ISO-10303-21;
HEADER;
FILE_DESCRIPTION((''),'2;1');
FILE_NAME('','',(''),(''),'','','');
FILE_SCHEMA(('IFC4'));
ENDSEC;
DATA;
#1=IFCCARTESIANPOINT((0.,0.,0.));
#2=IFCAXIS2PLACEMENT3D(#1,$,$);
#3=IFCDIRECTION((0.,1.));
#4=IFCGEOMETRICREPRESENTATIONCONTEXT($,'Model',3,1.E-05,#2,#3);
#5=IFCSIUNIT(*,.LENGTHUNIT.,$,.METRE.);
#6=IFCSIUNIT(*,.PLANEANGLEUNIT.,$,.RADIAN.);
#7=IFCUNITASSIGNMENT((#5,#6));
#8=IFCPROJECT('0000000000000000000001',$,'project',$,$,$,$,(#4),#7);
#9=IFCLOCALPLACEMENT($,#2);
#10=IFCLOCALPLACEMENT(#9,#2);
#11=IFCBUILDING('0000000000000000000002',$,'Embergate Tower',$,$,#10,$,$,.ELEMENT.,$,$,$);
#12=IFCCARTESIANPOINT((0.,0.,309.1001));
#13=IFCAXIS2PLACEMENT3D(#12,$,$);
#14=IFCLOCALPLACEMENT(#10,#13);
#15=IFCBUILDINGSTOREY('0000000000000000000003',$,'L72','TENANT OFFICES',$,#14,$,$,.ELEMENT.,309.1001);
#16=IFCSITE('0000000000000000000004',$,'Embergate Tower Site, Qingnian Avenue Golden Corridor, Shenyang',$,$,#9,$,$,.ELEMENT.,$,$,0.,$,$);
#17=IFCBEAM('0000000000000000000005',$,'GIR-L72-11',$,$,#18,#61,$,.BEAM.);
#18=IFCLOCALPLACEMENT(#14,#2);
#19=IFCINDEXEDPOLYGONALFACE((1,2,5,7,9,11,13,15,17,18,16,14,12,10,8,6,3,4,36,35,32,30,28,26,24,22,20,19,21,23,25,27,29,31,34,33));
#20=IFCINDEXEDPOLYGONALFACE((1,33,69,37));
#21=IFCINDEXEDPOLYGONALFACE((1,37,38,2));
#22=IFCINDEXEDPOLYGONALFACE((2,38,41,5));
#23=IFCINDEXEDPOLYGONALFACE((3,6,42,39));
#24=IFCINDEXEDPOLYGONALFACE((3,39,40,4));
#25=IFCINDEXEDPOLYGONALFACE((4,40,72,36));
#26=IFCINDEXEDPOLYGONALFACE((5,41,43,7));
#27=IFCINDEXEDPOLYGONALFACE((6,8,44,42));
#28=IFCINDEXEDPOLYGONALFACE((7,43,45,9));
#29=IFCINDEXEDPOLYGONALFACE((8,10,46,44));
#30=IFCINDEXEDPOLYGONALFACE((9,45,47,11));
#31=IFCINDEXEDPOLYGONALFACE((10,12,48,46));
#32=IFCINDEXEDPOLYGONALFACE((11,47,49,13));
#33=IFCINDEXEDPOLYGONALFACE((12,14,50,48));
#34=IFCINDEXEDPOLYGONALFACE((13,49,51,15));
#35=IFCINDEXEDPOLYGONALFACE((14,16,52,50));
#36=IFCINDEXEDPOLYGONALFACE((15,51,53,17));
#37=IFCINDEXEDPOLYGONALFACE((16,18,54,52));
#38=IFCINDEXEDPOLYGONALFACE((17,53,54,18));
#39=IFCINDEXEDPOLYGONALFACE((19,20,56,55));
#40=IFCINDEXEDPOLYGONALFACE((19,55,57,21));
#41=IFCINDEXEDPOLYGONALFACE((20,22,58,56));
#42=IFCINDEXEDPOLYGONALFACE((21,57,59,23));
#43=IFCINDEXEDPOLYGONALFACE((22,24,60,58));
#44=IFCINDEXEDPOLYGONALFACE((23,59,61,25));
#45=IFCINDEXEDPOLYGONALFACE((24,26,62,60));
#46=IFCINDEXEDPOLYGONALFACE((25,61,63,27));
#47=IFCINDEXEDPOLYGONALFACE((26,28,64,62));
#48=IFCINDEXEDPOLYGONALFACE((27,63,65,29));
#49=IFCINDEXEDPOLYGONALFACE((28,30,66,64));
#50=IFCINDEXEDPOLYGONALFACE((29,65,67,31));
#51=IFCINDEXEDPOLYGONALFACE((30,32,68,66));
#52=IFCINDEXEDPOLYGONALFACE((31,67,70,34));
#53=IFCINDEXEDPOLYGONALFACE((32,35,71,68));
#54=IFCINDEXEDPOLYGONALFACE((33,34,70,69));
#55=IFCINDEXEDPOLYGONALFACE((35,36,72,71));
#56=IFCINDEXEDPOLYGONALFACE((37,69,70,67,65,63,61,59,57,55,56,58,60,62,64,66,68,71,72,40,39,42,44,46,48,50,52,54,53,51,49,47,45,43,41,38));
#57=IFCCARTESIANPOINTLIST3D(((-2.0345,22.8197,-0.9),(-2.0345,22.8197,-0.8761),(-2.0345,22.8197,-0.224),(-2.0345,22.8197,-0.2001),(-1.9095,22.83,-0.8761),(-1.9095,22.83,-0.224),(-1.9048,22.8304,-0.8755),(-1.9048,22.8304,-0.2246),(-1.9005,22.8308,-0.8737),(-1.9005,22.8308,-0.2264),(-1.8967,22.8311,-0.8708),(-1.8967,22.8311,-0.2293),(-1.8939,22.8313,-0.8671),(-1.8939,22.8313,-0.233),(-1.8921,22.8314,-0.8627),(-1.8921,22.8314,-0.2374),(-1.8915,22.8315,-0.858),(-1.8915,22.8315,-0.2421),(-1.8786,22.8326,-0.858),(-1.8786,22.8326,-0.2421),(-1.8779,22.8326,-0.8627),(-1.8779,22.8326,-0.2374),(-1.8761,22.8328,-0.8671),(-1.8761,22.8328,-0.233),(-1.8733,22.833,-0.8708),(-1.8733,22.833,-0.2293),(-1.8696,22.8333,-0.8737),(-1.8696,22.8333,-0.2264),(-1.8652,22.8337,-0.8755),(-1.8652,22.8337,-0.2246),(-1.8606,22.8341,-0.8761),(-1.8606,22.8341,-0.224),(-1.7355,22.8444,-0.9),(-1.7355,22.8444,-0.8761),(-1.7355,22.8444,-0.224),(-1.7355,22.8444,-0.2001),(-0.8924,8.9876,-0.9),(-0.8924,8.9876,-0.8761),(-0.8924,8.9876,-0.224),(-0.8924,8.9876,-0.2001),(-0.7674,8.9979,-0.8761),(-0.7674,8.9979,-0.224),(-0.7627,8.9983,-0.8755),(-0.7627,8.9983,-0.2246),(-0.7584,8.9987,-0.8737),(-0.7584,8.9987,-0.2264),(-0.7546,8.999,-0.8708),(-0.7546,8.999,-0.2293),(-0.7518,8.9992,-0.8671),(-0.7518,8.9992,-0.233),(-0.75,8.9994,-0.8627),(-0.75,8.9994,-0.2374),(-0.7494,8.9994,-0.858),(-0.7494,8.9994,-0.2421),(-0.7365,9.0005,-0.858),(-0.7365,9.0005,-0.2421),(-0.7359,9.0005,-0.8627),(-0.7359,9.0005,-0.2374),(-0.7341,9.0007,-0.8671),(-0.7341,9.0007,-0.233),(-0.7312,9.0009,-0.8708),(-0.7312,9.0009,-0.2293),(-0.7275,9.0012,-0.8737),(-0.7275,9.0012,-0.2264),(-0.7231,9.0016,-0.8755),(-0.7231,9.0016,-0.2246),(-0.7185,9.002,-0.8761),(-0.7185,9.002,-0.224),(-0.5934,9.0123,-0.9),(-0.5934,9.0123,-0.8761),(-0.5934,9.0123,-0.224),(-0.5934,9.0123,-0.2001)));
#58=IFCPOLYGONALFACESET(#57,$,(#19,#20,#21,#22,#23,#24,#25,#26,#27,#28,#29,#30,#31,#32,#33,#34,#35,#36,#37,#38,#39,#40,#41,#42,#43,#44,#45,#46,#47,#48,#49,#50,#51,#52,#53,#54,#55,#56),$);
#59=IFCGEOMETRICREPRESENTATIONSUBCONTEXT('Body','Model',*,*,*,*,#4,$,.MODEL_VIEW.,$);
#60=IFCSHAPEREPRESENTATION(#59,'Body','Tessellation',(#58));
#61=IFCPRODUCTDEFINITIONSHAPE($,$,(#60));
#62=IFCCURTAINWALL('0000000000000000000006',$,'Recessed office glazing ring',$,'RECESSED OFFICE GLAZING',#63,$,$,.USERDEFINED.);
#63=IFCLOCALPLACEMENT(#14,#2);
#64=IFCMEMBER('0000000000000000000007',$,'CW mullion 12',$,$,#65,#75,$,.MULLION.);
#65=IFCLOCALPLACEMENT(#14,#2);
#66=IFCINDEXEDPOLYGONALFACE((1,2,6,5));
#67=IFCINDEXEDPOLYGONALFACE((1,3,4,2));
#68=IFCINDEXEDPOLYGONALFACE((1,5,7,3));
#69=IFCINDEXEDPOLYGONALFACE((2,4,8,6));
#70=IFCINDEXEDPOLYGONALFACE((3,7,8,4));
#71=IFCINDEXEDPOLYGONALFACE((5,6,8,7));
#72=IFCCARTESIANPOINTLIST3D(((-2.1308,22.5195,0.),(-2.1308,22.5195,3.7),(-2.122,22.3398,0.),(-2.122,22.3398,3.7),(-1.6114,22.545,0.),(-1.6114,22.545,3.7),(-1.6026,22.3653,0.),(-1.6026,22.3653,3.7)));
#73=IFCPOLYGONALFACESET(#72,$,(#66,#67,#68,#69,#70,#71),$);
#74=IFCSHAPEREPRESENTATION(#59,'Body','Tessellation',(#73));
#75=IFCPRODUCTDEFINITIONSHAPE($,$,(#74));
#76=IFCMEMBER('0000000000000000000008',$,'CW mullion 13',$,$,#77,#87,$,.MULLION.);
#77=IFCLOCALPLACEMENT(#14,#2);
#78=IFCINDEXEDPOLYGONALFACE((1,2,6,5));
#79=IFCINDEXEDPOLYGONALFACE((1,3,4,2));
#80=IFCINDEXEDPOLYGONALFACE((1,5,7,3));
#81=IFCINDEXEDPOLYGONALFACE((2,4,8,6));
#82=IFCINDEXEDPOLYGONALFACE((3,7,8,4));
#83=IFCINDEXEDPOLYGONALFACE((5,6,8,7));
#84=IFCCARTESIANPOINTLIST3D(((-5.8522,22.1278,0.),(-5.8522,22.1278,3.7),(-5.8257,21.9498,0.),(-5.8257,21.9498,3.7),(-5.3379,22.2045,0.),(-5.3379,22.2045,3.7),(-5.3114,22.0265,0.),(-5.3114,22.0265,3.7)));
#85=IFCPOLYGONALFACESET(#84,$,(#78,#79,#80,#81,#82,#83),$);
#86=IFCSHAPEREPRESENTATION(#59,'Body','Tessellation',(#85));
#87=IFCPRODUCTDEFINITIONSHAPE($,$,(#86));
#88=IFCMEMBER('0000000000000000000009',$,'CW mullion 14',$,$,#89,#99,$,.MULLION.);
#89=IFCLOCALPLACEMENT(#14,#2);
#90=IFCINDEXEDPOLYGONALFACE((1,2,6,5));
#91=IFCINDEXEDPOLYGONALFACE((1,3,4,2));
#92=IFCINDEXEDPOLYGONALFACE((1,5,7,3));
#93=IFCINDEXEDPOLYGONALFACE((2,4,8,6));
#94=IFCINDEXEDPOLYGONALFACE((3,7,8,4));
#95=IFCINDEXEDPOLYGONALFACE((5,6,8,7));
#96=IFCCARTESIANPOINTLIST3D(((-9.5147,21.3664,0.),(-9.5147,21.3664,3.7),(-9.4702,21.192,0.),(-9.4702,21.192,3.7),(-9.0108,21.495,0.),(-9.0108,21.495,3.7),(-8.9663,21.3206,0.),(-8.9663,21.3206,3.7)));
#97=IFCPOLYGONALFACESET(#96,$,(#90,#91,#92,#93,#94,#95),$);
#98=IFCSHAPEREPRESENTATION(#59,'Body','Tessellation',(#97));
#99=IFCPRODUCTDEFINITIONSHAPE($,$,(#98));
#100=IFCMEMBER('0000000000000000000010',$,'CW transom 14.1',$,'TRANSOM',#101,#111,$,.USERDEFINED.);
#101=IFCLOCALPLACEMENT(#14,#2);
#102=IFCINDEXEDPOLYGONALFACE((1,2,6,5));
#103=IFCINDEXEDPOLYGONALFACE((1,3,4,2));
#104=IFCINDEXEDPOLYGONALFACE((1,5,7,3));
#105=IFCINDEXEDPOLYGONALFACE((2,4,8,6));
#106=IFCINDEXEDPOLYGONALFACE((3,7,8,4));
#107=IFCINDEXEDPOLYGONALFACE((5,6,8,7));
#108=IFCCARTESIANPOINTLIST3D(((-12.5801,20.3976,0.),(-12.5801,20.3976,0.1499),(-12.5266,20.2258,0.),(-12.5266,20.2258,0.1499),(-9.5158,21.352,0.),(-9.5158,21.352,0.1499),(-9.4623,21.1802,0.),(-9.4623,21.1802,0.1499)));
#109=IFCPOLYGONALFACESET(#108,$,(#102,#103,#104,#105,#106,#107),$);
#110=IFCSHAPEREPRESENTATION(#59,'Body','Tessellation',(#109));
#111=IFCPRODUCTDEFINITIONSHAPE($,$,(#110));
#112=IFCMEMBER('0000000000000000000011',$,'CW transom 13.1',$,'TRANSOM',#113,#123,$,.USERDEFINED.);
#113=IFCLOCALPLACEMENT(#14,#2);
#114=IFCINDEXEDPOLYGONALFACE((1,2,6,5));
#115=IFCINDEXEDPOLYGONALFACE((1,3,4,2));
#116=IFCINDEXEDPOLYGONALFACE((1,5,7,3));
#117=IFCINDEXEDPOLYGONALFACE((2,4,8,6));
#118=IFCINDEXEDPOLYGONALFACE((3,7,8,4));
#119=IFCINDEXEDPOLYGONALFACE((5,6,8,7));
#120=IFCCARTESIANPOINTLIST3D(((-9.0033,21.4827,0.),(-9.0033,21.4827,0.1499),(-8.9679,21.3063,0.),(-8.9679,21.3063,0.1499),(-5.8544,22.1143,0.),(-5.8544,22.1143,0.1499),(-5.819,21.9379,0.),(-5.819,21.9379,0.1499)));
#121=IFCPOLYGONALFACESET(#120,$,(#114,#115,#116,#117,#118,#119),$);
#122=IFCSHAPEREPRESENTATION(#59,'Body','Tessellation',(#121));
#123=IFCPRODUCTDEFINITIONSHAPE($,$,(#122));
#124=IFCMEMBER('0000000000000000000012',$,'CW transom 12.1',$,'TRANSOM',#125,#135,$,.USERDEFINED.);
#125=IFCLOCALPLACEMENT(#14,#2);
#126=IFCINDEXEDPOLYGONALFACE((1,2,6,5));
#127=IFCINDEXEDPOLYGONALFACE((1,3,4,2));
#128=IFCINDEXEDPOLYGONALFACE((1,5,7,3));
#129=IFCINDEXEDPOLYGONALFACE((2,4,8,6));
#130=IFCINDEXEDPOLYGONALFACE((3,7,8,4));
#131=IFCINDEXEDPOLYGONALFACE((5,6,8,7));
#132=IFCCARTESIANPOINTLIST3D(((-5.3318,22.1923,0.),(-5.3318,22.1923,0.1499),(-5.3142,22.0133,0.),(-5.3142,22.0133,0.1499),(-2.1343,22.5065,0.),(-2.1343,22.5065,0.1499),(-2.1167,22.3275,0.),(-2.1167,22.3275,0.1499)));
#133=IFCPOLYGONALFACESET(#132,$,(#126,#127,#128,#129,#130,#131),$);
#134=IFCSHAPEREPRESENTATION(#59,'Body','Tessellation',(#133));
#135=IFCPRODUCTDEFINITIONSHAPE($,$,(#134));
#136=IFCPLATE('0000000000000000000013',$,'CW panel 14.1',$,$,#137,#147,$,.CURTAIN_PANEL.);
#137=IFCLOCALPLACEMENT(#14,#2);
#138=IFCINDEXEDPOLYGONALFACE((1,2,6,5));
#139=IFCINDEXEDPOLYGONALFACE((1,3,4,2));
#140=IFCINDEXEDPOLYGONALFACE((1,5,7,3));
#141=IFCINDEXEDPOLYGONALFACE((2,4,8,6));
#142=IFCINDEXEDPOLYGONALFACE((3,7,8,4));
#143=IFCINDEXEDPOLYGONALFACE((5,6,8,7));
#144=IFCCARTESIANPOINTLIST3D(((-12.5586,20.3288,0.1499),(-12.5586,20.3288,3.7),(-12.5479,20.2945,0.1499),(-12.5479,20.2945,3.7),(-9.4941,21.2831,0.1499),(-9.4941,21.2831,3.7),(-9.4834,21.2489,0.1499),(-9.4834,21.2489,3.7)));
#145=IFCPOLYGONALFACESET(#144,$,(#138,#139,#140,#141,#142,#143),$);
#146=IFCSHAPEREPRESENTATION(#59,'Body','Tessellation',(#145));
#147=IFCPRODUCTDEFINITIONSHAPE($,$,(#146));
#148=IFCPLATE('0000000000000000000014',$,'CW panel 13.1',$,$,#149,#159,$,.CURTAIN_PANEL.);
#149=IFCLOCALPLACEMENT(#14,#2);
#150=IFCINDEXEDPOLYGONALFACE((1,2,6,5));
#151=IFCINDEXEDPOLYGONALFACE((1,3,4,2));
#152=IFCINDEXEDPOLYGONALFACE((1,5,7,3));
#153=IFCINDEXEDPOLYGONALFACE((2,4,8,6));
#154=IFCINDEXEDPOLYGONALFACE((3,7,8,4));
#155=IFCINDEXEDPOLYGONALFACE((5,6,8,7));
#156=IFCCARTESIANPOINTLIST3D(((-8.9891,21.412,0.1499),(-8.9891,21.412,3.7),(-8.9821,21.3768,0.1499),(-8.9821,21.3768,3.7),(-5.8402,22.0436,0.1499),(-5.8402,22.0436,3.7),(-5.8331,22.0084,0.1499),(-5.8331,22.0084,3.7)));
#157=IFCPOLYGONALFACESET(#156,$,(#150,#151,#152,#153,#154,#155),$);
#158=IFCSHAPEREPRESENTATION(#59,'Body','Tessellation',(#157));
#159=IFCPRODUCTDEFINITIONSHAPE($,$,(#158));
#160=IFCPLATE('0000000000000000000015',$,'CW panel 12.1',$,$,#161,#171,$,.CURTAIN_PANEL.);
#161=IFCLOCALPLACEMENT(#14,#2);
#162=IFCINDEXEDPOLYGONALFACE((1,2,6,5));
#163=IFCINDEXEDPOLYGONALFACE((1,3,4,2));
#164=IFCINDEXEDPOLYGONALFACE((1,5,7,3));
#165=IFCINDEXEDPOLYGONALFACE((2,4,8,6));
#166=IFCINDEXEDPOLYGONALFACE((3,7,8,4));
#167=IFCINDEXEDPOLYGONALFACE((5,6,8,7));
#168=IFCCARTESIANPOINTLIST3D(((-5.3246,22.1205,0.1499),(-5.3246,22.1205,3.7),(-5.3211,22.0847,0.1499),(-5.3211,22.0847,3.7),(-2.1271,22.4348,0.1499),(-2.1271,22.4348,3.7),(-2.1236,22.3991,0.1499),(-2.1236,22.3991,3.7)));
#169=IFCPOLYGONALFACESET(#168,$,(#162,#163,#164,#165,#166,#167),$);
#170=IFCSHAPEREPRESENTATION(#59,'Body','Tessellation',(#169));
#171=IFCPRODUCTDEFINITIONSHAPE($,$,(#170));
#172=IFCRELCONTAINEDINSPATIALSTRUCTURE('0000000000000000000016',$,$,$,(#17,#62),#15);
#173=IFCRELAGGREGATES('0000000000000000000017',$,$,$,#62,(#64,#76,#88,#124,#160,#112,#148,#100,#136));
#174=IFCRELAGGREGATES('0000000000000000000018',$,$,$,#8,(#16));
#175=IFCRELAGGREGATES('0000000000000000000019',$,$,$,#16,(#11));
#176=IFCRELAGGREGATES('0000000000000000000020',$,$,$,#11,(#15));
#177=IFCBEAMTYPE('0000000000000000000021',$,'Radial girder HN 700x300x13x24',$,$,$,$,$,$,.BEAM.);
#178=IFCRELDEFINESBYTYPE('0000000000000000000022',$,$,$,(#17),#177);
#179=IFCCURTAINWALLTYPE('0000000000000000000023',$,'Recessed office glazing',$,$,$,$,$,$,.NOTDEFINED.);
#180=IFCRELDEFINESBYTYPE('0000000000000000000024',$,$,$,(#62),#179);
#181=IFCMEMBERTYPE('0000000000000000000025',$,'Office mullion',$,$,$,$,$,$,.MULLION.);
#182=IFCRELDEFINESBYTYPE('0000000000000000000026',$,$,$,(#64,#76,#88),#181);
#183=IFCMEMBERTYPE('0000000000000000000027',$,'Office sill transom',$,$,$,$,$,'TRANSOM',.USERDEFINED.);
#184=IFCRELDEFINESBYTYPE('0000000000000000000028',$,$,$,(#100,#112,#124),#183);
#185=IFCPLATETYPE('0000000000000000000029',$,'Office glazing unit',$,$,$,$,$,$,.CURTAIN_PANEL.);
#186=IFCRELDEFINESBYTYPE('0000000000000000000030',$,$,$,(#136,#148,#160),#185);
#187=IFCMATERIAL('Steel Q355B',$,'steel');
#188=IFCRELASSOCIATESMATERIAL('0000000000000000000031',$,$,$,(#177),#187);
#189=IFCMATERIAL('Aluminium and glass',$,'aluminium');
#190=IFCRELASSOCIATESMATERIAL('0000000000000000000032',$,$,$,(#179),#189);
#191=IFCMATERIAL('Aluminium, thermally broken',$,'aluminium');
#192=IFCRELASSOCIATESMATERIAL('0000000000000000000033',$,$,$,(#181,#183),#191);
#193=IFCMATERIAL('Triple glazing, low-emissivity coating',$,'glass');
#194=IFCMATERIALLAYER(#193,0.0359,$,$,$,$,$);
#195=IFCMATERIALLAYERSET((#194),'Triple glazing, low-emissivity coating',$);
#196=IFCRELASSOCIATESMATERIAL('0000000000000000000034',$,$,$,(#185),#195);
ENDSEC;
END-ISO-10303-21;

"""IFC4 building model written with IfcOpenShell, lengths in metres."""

from ifc_helpers import new_model, si_unit, direction, frame, origin, origin_2d, place, context, subcontext, project, spatial, rectangle, i_section, extrude, source, transform, mapped, material, layer, layer_set, material_profile, profile_set, type_object, element, aggregate, save


model = new_model("IFC4")

# Units and contexts
model_context = context("Model", 3, precision=1e-05, world=origin(), true_north=direction((0.0, 1.0)))
body_context = subcontext(model_context, "Body", "Model", "MODEL_VIEW")
ifc_project = project(units=[si_unit("LENGTHUNIT", "METRE"), si_unit("PLANEANGLEUNIT", "RADIAN")], contexts=[model_context])

# Site, building, storey
site_placement = place(None, origin())
site = spatial("IfcSite", under=ifc_project, at=site_placement, Name="Embergate Tower Site, Qingnian Avenue Golden Corridor, Shenyang", CompositionType="ELEMENT", RefElevation=0.0)
building_placement = place(site_placement, origin())
building = spatial("IfcBuilding", under=site, at=building_placement, Name="Embergate Tower", CompositionType="ELEMENT")
storey_placement = place(building_placement, frame((0.0, 0.0, 309.1001)))
storey = spatial("IfcBuildingStorey", under=building, at=storey_placement, Name="L72", Description="TENANT OFFICES", CompositionType="ELEMENT", Elevation=309.1001)

# Beam
ifc_material_1 = material(Name="Steel Q355B", Category="steel")
ifc_material_profile_1 = material_profile(ifc_material_1, i_section(OverallWidth=0.3, OverallDepth=0.7, WebThickness=0.0129, FlangeThickness=0.0239, FilletRadius=0.0181, at=origin_2d()), Name="HN 700x300x13x24")
ifc_profile_set_1 = profile_set([ifc_material_profile_1], Name="Steel Q355 grade B")
beam_type_1 = type_object("IfcBeamType", Name="Radial girder HN 700x300x13x24", PredefinedType="BEAM", material=ifc_profile_set_1)
shared_shape_1 = source(origin(), body_context, "Body", "SweptSolid", [
    extrude(i_section(OverallWidth=0.3, OverallDepth=0.7, WebThickness=0.0129, FlangeThickness=0.0239, FilletRadius=0.0181, at=origin_2d()), origin(), (0.0, 0.0, 1.0), 13.8792),
])
beam_1_placement = place(storey_placement, frame((-1.885, 22.832, -0.55), z_axis=(0.082288, -0.996609, 0.0), x_axis=(0.996609, 0.082288, 0.0)))
element("IfcBeam", 1, at=beam_1_placement, inside=storey, type_object=beam_type_1, Name="GIR-L72-11", PredefinedType="BEAM", context=body_context, shape_type="MappedRepresentation", body=[
    mapped(shared_shape_1, transform((0.0, 0.0, 0.0))),
])

# Curtain wall, members, plates
ifc_material_2 = material(Name="Aluminium and glass", Category="aluminium")
curtain_wall_type = type_object("IfcCurtainWallType", Name="Recessed office glazing", PredefinedType="NOTDEFINED", material=ifc_material_2)
curtain_wall_placement = place(storey_placement, origin())
curtain_wall = element("IfcCurtainWall", 2, at=curtain_wall_placement, inside=storey, type_object=curtain_wall_type, Name="Recessed office glazing ring", ObjectType="RECESSED OFFICE GLAZING", PredefinedType="USERDEFINED")
ifc_material_3 = material(Name="Aluminium, thermally broken", Category="aluminium")
ifc_material_profile_2 = material_profile(ifc_material_3, rectangle(XDim=0.1799, YDim=0.52, at=origin_2d()), Name="AL 520x180")
ifc_profile_set_2 = profile_set([ifc_material_profile_2], Name="Aluminium, thermally broken")
member_type_1 = type_object("IfcMemberType", Name="Office mullion", PredefinedType="MULLION", material=ifc_profile_set_2)
shared_shape_2 = source(origin(), body_context, "Body", "SweptSolid", [
    extrude(rectangle(XDim=0.1799, YDim=0.52, at=origin_2d()), origin(), (0.0, 0.0, 1.0), 3.7),
])
member_1_placement = place(storey_placement, frame((-1.8667, 22.4424, 0.0), z_axis=(0.0, 0.0, 1.0), x_axis=(0.048972, -0.9988, 0.0)))
member_1 = element("IfcMember", 3, at=member_1_placement, type_object=member_type_1, Name="CW mullion 12", PredefinedType="MULLION", context=body_context, shape_type="MappedRepresentation", body=[
    mapped(shared_shape_2, transform((0.0, 0.0, 0.0))),
])
member_2_placement = place(storey_placement, frame((-5.5818, 22.0771, 0.0), z_axis=(0.0, 0.0, 1.0), x_axis=(0.147412, -0.989075, 0.0)))
member_2 = element("IfcMember", 4, at=member_2_placement, type_object=member_type_1, Name="CW mullion 13", PredefinedType="MULLION", context=body_context, shape_type="MappedRepresentation", body=[
    mapped(shared_shape_2, transform((0.0, 0.0, 0.0))),
])
member_3_placement = place(storey_placement, frame((-9.2405, 21.3435, 0.0), z_axis=(0.0, 0.0, 1.0), x_axis=(0.247312, -0.968936, 0.0)))
member_3 = element("IfcMember", 5, at=member_3_placement, type_object=member_type_1, Name="CW mullion 14", PredefinedType="MULLION", context=body_context, shape_type="MappedRepresentation", body=[
    mapped(shared_shape_2, transform((0.0, 0.0, 0.0))),
])
ifc_material_profile_3 = material_profile(ifc_material_3, rectangle(XDim=0.1799, YDim=0.1499, at=origin_2d()), Name="AL 150x180")
ifc_profile_set_3 = profile_set([ifc_material_profile_3], Name="Aluminium, thermally broken")
member_type_2 = type_object("IfcMemberType", Name="Office sill transom", ElementType="TRANSOM", PredefinedType="USERDEFINED", material=ifc_profile_set_3)
shared_shape_3 = source(origin(), body_context, "Body", "SweptSolid", [
    extrude(rectangle(XDim=0.1799, YDim=0.1499, at=origin_2d()), origin(), (0.0, 0.0, 1.0), 3.2095),
])
member_4_placement = place(storey_placement, frame((-9.489, 21.2661, 0.075), z_axis=(-0.954765, -0.297361, 0.0), x_axis=(0.297361, -0.954765, 0.0)))
member_4 = element("IfcMember", 6, at=member_4_placement, type_object=member_type_2, Name="CW transom 14.1", ObjectType="TRANSOM", PredefinedType="USERDEFINED", context=body_context, shape_type="MappedRepresentation", body=[
    mapped(shared_shape_3, transform((0.0, 0.0, 0.0))),
])
shared_shape_4 = source(origin(), body_context, "Body", "SweptSolid", [
    extrude(rectangle(XDim=0.1799, YDim=0.1499, at=origin_2d()), origin(), (0.0, 0.0, 1.0), 3.2117),
])
member_5_placement = place(storey_placement, frame((-5.8367, 22.0261, 0.075), z_axis=(-0.980472, -0.196657, 0.0), x_axis=(0.196657, -0.980472, 0.0)))
member_5 = element("IfcMember", 7, at=member_5_placement, type_object=member_type_2, Name="CW transom 13.1", ObjectType="TRANSOM", PredefinedType="USERDEFINED", context=body_context, shape_type="MappedRepresentation", body=[
    mapped(shared_shape_4, transform((0.0, 0.0, 0.0))),
])
shared_shape_5 = source(origin(), body_context, "Body", "SweptSolid", [
    extrude(rectangle(XDim=0.1799, YDim=0.1499, at=origin_2d()), origin(), (0.0, 0.0, 1.0), 3.2129),
])
member_6_placement = place(storey_placement, frame((-2.1255, 22.417, 0.075), z_axis=(-0.995207, -0.097796, 0.0), x_axis=(0.097796, -0.995207, 0.0)))
member_6 = element("IfcMember", 8, at=member_6_placement, type_object=member_type_2, Name="CW transom 12.1", ObjectType="TRANSOM", PredefinedType="USERDEFINED", context=body_context, shape_type="MappedRepresentation", body=[
    mapped(shared_shape_5, transform((0.0, 0.0, 0.0))),
])
ifc_material_4 = material(Name="Triple glazing, low-emissivity coating", Category="glass")
ifc_layer_1 = layer(ifc_material_4, 0.0359)
ifc_layer_set_1 = layer_set([ifc_layer_1], Name="Triple glazing, low-emissivity coating")
plate_type = type_object("IfcPlateType", Name="Office glazing unit", PredefinedType="CURTAIN_PANEL", material=ifc_layer_set_1)
shared_shape_6 = source(origin(), body_context, "Body", "SweptSolid", [
    extrude(rectangle(XDim=3.2097, YDim=0.0359, at=origin_2d()), origin(), (0.0, 0.0, 1.0), 3.55),
])
plate_1_placement = place(storey_placement, frame((-11.021, 20.7888, 0.1499), z_axis=(0.0, 0.0, 1.0), x_axis=(-0.954771, -0.297342, 0.0)))
plate_1 = element("IfcPlate", 9, at=plate_1_placement, type_object=plate_type, Name="CW panel 14.1", PredefinedType="CURTAIN_PANEL", context=body_context, shape_type="MappedRepresentation", body=[
    mapped(shared_shape_6, transform((0.0, 0.0, 0.0))),
])
shared_shape_7 = source(origin(), body_context, "Body", "SweptSolid", [
    extrude(rectangle(XDim=3.2117, YDim=0.0359, at=origin_2d()), origin(), (0.0, 0.0, 1.0), 3.55),
])
plate_2_placement = place(storey_placement, frame((-7.4111, 21.7102, 0.1499), z_axis=(0.0, 0.0, 1.0), x_axis=(-0.980475, -0.196643, 0.0)))
plate_2 = element("IfcPlate", 10, at=plate_2_placement, type_object=plate_type, Name="CW panel 13.1", PredefinedType="CURTAIN_PANEL", context=body_context, shape_type="MappedRepresentation", body=[
    mapped(shared_shape_7, transform((0.0, 0.0, 0.0))),
])
shared_shape_8 = source(origin(), body_context, "Body", "SweptSolid", [
    extrude(rectangle(XDim=3.2129, YDim=0.0359, at=origin_2d()), origin(), (0.0, 0.0, 1.0), 3.55),
])
plate_3_placement = place(storey_placement, frame((-3.7241, 22.2598, 0.1499), z_axis=(0.0, 0.0, 1.0), x_axis=(-0.995203, -0.097831, 0.0)))
plate_3 = element("IfcPlate", 11, at=plate_3_placement, type_object=plate_type, Name="CW panel 12.1", PredefinedType="CURTAIN_PANEL", context=body_context, shape_type="MappedRepresentation", body=[
    mapped(shared_shape_8, transform((0.0, 0.0, 0.0))),
])
aggregate(curtain_wall, [member_1, member_2, member_3, member_6, plate_3, member_5, plate_2, member_4, plate_1])

save(model, "model.ifc")
